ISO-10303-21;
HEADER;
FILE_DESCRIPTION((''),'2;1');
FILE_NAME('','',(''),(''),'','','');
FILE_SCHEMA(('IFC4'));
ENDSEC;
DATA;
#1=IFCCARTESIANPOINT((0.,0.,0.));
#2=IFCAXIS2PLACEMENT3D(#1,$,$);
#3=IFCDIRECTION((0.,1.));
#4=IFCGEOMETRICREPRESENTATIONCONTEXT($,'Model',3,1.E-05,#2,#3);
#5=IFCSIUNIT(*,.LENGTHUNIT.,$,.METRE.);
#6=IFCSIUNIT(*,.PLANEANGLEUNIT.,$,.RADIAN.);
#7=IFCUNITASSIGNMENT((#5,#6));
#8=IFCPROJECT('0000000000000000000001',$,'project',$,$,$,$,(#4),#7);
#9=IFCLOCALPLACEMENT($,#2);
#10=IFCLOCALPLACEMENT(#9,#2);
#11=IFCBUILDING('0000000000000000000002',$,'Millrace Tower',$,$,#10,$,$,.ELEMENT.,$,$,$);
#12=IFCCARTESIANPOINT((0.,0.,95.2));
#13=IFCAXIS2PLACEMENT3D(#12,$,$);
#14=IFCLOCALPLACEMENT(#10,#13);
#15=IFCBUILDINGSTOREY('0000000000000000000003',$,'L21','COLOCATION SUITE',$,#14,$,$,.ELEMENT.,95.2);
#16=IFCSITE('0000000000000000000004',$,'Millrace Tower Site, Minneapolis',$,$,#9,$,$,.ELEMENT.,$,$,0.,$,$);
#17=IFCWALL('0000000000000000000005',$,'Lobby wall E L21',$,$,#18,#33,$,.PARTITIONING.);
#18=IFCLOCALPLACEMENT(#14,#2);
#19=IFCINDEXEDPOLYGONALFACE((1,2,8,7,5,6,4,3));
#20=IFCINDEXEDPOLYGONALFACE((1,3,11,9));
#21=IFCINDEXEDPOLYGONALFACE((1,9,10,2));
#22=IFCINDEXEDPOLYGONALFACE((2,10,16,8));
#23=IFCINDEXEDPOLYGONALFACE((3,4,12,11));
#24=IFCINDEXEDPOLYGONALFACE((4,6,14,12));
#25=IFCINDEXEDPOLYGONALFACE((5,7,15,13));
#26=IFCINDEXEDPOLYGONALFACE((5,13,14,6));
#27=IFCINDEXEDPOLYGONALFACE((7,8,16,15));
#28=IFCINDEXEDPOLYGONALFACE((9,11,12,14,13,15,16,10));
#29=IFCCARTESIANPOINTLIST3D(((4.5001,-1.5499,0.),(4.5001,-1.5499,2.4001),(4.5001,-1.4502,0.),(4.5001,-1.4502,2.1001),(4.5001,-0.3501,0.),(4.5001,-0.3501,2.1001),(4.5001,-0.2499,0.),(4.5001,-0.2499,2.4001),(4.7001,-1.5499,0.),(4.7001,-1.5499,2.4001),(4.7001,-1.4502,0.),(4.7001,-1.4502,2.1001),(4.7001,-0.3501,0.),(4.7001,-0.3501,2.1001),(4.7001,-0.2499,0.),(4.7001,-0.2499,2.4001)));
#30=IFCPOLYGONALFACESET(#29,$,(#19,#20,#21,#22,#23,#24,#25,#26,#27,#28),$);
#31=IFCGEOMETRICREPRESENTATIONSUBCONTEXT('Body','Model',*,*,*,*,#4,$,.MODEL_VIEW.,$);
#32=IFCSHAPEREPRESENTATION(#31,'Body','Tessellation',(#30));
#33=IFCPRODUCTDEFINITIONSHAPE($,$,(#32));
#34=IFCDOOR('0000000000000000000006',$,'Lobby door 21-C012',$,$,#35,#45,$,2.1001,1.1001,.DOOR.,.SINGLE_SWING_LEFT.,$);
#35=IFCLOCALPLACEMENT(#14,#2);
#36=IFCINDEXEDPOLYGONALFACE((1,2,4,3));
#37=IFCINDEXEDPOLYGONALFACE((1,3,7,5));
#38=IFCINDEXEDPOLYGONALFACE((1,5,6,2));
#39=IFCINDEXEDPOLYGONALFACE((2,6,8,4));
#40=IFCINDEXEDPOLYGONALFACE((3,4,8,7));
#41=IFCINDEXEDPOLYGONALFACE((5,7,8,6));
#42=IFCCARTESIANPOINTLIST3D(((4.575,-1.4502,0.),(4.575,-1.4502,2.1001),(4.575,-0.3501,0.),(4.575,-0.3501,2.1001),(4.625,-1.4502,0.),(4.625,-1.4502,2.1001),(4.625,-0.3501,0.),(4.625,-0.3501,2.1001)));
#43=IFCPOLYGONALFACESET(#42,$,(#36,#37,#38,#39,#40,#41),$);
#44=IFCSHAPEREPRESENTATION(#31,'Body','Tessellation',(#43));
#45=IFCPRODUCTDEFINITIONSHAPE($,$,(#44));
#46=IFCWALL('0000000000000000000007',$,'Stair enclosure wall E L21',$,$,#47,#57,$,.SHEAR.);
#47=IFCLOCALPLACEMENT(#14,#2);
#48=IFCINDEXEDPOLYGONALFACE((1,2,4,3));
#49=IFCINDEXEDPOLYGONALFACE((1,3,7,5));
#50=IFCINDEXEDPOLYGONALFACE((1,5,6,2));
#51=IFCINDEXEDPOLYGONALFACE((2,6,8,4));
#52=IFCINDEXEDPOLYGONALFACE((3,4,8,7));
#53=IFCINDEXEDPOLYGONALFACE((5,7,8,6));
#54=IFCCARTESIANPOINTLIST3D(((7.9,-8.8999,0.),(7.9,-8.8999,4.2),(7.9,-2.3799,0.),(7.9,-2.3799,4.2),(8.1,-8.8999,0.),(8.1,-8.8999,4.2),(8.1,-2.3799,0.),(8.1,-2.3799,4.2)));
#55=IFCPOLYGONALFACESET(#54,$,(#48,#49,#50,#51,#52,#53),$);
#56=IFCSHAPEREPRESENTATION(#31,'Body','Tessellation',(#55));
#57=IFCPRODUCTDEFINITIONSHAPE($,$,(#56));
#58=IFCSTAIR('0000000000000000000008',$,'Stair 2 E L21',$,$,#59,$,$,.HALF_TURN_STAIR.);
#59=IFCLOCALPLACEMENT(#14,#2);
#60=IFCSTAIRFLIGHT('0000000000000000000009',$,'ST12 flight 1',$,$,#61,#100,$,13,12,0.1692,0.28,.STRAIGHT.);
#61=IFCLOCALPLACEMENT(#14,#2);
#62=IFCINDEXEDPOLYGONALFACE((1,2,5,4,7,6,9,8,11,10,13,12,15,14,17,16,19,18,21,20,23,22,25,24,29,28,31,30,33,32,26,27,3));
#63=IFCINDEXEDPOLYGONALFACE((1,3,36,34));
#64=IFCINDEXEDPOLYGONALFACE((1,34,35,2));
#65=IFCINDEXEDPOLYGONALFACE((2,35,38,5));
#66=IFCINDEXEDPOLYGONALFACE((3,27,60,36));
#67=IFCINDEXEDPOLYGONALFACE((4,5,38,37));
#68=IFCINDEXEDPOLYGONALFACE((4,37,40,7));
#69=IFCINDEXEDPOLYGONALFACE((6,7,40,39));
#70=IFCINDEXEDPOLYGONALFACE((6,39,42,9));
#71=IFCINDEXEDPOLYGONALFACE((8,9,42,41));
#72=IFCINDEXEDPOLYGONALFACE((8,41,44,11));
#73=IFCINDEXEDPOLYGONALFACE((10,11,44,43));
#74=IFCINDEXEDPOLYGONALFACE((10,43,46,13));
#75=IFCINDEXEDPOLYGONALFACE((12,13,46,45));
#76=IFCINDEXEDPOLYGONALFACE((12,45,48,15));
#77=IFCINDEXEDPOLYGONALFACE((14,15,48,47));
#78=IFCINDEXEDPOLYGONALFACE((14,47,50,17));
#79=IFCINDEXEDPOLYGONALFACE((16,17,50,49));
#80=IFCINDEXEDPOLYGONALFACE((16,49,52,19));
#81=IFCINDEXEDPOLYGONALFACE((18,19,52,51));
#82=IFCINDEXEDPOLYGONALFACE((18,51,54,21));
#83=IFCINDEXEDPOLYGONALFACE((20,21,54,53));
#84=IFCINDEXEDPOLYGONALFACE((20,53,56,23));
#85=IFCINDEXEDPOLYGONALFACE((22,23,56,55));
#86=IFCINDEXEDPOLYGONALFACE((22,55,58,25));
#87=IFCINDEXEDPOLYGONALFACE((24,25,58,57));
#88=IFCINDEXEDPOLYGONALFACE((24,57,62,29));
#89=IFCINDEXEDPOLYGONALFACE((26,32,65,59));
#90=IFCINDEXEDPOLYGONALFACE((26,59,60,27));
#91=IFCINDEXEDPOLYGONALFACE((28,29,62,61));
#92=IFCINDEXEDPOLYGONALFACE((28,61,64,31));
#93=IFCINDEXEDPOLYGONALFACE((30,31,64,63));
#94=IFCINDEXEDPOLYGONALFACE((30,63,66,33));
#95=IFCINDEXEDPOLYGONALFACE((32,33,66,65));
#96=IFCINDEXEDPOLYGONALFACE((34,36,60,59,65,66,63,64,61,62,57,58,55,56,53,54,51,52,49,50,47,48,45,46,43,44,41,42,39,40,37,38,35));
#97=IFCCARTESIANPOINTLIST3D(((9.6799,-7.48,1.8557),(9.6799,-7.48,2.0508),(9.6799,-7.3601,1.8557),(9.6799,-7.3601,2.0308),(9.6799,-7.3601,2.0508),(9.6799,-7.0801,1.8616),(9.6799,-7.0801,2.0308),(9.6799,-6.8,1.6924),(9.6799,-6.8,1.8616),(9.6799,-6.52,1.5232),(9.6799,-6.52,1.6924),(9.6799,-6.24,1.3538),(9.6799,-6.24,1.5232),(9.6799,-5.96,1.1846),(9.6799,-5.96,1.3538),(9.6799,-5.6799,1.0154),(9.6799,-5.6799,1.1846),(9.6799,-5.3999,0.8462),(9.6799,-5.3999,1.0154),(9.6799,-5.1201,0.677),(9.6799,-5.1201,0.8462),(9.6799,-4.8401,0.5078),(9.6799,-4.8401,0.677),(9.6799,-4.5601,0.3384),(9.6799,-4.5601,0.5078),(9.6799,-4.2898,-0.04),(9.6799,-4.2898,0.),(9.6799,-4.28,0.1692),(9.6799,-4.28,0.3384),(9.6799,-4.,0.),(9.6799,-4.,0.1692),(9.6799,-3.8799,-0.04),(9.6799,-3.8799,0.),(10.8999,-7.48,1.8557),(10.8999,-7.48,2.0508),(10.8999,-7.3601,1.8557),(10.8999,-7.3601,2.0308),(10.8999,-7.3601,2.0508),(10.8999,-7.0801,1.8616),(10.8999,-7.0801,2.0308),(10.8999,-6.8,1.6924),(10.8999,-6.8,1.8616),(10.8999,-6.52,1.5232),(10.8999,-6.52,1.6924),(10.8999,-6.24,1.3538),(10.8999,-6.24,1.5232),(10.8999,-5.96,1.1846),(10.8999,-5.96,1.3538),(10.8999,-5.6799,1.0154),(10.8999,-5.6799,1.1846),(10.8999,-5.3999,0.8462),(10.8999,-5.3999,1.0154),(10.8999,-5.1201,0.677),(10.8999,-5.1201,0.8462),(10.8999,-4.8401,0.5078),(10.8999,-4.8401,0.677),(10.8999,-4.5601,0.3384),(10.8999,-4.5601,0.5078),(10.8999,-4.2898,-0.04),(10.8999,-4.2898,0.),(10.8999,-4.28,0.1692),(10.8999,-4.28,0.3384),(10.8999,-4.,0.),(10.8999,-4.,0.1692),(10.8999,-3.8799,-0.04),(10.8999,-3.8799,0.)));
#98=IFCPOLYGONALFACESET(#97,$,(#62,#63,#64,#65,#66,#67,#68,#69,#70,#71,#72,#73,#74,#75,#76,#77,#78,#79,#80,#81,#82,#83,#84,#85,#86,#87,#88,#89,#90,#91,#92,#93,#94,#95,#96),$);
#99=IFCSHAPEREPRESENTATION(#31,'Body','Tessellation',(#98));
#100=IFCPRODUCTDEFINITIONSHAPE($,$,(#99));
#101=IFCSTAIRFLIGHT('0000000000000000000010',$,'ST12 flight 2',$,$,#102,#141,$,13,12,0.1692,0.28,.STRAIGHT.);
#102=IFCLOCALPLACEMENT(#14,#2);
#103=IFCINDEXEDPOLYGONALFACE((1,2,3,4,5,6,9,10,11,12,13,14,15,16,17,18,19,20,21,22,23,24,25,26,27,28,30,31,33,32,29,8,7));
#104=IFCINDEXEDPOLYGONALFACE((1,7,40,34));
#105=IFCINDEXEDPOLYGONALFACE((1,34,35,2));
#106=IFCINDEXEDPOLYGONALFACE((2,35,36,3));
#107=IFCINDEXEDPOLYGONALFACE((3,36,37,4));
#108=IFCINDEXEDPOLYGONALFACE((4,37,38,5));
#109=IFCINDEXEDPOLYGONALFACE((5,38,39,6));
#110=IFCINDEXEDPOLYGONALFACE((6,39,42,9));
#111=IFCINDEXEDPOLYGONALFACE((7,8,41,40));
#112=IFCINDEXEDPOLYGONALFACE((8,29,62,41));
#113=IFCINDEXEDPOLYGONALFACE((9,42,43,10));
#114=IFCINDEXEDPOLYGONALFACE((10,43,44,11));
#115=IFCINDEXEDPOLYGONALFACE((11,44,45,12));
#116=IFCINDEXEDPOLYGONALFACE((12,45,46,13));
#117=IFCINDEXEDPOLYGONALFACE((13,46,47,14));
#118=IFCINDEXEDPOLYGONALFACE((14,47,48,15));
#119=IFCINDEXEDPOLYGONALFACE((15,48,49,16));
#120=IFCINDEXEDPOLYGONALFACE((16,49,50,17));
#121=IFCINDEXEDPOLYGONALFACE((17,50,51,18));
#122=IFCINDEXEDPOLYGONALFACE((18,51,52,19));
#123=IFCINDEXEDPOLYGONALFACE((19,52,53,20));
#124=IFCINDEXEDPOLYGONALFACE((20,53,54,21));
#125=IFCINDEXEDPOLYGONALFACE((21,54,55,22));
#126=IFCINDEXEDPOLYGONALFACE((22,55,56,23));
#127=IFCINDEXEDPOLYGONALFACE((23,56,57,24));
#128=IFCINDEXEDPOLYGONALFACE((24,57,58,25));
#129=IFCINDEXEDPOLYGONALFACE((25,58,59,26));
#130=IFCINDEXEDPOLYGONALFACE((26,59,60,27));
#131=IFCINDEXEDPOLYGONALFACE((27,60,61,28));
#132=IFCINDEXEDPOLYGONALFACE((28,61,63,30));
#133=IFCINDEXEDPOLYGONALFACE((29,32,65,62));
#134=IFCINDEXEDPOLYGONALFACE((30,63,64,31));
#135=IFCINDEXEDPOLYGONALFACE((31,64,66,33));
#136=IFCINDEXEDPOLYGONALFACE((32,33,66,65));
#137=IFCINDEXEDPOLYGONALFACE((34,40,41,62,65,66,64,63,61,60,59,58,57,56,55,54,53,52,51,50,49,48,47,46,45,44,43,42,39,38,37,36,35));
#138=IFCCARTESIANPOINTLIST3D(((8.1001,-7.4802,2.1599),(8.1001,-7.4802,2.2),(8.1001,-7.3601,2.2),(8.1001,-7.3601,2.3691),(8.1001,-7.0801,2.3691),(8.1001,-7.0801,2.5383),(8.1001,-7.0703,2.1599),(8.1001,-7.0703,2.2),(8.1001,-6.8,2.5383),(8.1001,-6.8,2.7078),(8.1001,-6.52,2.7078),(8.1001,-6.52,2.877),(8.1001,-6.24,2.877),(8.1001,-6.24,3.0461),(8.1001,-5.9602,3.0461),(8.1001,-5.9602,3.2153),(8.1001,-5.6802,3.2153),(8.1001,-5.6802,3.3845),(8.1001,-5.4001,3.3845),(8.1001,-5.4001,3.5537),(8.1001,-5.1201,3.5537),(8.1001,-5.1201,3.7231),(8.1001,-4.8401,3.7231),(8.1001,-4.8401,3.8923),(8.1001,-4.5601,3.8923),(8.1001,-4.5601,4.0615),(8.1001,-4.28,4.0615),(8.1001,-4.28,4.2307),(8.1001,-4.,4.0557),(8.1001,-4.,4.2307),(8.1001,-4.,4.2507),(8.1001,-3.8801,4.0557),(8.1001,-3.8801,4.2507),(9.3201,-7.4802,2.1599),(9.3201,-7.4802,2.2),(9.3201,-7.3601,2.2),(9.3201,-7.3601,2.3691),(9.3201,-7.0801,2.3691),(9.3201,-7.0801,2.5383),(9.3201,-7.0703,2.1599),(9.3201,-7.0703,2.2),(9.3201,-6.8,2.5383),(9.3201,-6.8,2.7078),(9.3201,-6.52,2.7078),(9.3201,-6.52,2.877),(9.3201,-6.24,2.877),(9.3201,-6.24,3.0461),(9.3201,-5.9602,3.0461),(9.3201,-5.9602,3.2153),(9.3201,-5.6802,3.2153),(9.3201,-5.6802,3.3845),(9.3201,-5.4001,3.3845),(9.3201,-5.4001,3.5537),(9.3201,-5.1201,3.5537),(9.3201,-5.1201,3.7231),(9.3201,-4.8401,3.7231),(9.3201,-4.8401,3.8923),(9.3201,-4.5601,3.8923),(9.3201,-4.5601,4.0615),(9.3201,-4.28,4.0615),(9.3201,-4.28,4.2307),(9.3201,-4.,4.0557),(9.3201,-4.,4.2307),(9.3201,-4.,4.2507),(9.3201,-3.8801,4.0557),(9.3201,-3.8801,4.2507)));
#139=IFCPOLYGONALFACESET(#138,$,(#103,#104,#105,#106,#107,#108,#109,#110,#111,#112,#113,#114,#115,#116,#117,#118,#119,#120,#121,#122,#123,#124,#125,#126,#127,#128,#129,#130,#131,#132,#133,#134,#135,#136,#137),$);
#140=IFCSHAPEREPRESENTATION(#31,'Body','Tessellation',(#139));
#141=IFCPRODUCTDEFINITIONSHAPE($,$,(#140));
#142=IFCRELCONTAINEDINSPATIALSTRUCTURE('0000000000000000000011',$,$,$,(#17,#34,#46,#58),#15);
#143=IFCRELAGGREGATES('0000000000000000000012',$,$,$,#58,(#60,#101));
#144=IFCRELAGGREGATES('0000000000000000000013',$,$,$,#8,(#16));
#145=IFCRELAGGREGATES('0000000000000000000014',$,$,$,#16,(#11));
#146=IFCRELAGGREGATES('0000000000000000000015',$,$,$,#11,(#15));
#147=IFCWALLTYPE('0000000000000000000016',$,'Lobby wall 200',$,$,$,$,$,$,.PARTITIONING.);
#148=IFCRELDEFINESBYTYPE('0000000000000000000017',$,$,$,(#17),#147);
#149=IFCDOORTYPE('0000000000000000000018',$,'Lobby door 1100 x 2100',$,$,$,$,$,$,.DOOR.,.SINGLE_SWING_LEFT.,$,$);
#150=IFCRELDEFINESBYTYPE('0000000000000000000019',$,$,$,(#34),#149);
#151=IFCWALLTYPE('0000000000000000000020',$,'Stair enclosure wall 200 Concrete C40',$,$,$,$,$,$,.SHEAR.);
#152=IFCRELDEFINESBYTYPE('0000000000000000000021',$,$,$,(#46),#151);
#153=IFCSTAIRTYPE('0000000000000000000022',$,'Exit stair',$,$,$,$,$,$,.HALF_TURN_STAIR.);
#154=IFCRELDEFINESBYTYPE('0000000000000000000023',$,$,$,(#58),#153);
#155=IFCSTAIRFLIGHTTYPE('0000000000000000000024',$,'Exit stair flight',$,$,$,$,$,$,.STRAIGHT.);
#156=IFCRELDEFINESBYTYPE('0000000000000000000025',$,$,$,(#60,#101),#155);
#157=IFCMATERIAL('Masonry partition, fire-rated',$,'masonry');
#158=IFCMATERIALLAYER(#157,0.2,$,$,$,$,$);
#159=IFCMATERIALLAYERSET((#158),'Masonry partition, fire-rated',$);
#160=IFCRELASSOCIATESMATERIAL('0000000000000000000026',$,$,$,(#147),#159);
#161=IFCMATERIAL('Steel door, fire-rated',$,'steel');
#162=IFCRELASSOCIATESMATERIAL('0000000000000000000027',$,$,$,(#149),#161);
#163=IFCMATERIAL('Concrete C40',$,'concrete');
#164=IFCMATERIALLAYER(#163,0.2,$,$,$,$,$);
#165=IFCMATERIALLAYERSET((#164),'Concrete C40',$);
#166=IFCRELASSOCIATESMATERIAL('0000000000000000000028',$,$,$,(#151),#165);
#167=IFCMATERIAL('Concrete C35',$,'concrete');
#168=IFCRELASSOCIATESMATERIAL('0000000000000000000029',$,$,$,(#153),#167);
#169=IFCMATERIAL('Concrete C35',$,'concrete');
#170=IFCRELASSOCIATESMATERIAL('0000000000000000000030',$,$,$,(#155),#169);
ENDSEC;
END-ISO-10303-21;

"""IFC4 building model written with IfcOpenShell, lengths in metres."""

from ifc_helpers import new_model, si_unit, direction, frame, frame_2d, origin, place, context, subcontext, project, spatial, polyline, rectangle, outline, extrude, material, layer, layer_set, type_object, element, fill, aggregate, save


model = new_model("IFC4")

# Units and contexts
model_context = context("Model", 3, precision=1e-05, world=origin(), true_north=direction((0.0, 1.0)))
body_context = subcontext(model_context, "Body", "Model", "MODEL_VIEW")
ifc_project = project(units=[si_unit("LENGTHUNIT", "METRE"), si_unit("PLANEANGLEUNIT", "RADIAN")], contexts=[model_context])

# Site, building, storey
site_placement = place(None, origin())
site = spatial("IfcSite", under=ifc_project, at=site_placement, Name="Millrace Tower Site, Minneapolis", CompositionType="ELEMENT", RefElevation=0.0)
building_placement = place(site_placement, origin())
building = spatial("IfcBuilding", under=site, at=building_placement, Name="Millrace Tower", CompositionType="ELEMENT")
storey_placement = place(building_placement, frame((0.0, 0.0, 95.2)))
storey = spatial("IfcBuildingStorey", under=building, at=storey_placement, Name="L21", Description="COLOCATION SUITE", CompositionType="ELEMENT", Elevation=95.2)

# Shared definitions
placement_1 = place(storey_placement, origin())

# Wall, opening, door
ifc_material_1 = material(Name="Masonry partition, fire-rated", Category="masonry")
ifc_layer_1 = layer(ifc_material_1, 0.2)
ifc_layer_set_1 = layer_set([ifc_layer_1], Name="Masonry partition, fire-rated")
wall_type_1 = type_object("IfcWallType", Name="Lobby wall 200", PredefinedType="PARTITIONING", material=ifc_layer_set_1)
wall_1_placement = place(storey_placement, frame((4.6001, -0.25, 0.0), z_axis=(0.0, 0.0, 1.0), x_axis=(0.0, -1.0, 0.0)))
wall_1 = element("IfcWall", 1, at=wall_1_placement, inside=storey, type_object=wall_type_1, Name="Lobby wall E L21", PredefinedType="PARTITIONING", context=body_context, shape_type="SweptSolid", body=[
    extrude(rectangle(XDim=1.3, YDim=0.2, at=frame_2d((0.6499, 0.0))), origin(), (0.0, 0.0, 1.0), 2.4001),
])
opening_1_placement = place(wall_1_placement, frame((0.1001, 0.0, 0.0)))
opening_1 = element("IfcOpeningElement", 2, at=opening_1_placement, cuts=wall_1, PredefinedType="OPENING", context=body_context, shape_type="SweptSolid", body=[
    extrude(rectangle(XDim=1.1001, YDim=2.1001, at=frame_2d((0.55, 1.05))), frame((0.0, 0.1099, 0.0), z_axis=(0.0, -1.0, 0.0), x_axis=(1.0, 0.0, 0.0)), (0.0, 0.0, 1.0), 0.22),
])
ifc_material_2 = material(Name="Steel door, fire-rated", Category="steel")
door_type_1 = type_object("IfcDoorType", Name="Lobby door 1100 x 2100", OperationType="SINGLE_SWING_LEFT", PredefinedType="DOOR", material=ifc_material_2)
door_1_placement = place(opening_1_placement, origin())
door_1 = element("IfcDoor", 3, at=door_1_placement, inside=storey, type_object=door_type_1, Name="Lobby door 21-C012", OperationType="SINGLE_SWING_LEFT", OverallHeight=2.1001, OverallWidth=1.1001, PredefinedType="DOOR", context=body_context, shape_type="SweptSolid", body=[
    extrude(rectangle(XDim=1.1001, YDim=2.1001, at=frame_2d((0.55, 1.05))), frame((0.0, 0.0249, 0.0), z_axis=(0.0, -1.0, 0.0), x_axis=(1.0, 0.0, 0.0)), (0.0, 0.0, 1.0), 0.05),
])
fill(opening_1, door_1)

# Wall
ifc_material_3 = material(Name="Concrete C40", Category="concrete")
ifc_layer_2 = layer(ifc_material_3, 0.2)
ifc_layer_set_2 = layer_set([ifc_layer_2], Name="Concrete C40")
wall_type_2 = type_object("IfcWallType", Name="Stair enclosure wall 200 Concrete C40", PredefinedType="SHEAR", material=ifc_layer_set_2)
wall_2_placement = place(storey_placement, frame((8.0, -2.3799, 0.0), z_axis=(0.0, 0.0, 1.0), x_axis=(0.0, -1.0, 0.0)))
element("IfcWall", 4, at=wall_2_placement, inside=storey, type_object=wall_type_2, Name="Stair enclosure wall E L21", PredefinedType="SHEAR", context=body_context, shape_type="SweptSolid", body=[
    extrude(rectangle(XDim=6.52, YDim=0.2, at=frame_2d((3.26, 0.0))), origin(), (0.0, 0.0, 1.0), 4.2),
])

# Stair, stair flights
ifc_material_4 = material(Name="Concrete C35", Category="concrete")
stair_type = type_object("IfcStairType", Name="Exit stair", PredefinedType="HALF_TURN_STAIR", material=ifc_material_4)
stair_1 = element("IfcStair", 5, at=placement_1, inside=storey, type_object=stair_type, Name="Stair 2 E L21", PredefinedType="HALF_TURN_STAIR")
ifc_material_5 = material(Name="Concrete C35", Category="concrete")
stair_flight_type = type_object("IfcStairFlightType", Name="Exit stair flight", PredefinedType="STRAIGHT", material=ifc_material_5)
stair_flight_1_placement = place(storey_placement, frame((10.29, -4.0, 0.0), z_axis=(0.0, 0.0, 1.0), x_axis=(0.0, -1.0, 0.0)))
stair_flight_1 = element("IfcStairFlight", 6, at=stair_flight_1_placement, type_object=stair_flight_type, Name="ST12 flight 1", NumberOfRisers=13, NumberOfTreads=12, PredefinedType="STRAIGHT", RiserHeight=0.1692, TreadLength=0.28, context=body_context, shape_type="SweptSolid", body=[
    extrude(outline(polyline([(-0.1201, -0.04), (-0.1201, 0.0), (0.0, 0.0), (0.0, 0.1692), (0.28, 0.1692), (0.28, 0.3384), (0.5601, 0.3384), (0.5601, 0.5078), (0.8401, 0.5078), (0.8401, 0.677), (1.1201, 0.677), (1.1201, 0.8462), (1.3999, 0.8462), (1.3999, 1.0154), (1.6799, 1.0154), (1.6799, 1.1846), (1.96, 1.1846), (1.96, 1.3538), (2.24, 1.3538), (2.24, 1.5232), (2.52, 1.5232), (2.52, 1.6924), (2.8, 1.6924), (2.8, 1.8616), (3.0801, 1.8616), (3.0801, 2.0308), (3.3601, 2.0308), (3.3601, 2.0508), (3.48, 2.0508), (3.48, 1.8557), (3.3601, 1.8557), (0.2898, 0.0), (0.2898, -0.04), (-0.1201, -0.04)])), frame((0.0, 0.6099, 0.0), z_axis=(0.0, -1.0, 0.0), x_axis=(1.0, 0.0, 0.0)), (0.0, 0.0, 1.0), 1.22),
])
stair_flight_2_placement = place(storey_placement, frame((8.71, -7.3601, 2.2), z_axis=(0.0, 0.0, 1.0), x_axis=(0.0, 1.0, 0.0)))
stair_flight_2 = element("IfcStairFlight", 7, at=stair_flight_2_placement, type_object=stair_flight_type, Name="ST12 flight 2", NumberOfRisers=13, NumberOfTreads=12, PredefinedType="STRAIGHT", RiserHeight=0.1692, TreadLength=0.28, context=body_context, shape_type="SweptSolid", body=[
    extrude(outline(polyline([(-0.1201, -0.04), (-0.1201, 0.0), (0.0, 0.0), (0.0, 0.1692), (0.28, 0.1692), (0.28, 0.3384), (0.5601, 0.3384), (0.5601, 0.5078), (0.8401, 0.5078), (0.8401, 0.677), (1.1201, 0.677), (1.1201, 0.8462), (1.3999, 0.8462), (1.3999, 1.0154), (1.6799, 1.0154), (1.6799, 1.1846), (1.96, 1.1846), (1.96, 1.3538), (2.24, 1.3538), (2.24, 1.5232), (2.52, 1.5232), (2.52, 1.6924), (2.8, 1.6924), (2.8, 1.8616), (3.0801, 1.8616), (3.0801, 2.0308), (3.3601, 2.0308), (3.3601, 2.0508), (3.48, 2.0508), (3.48, 1.8557), (3.3601, 1.8557), (0.2898, 0.0), (0.2898, -0.04), (-0.1201, -0.04)])), frame((0.0, 0.6099, 0.0), z_axis=(0.0, -1.0, 0.0), x_axis=(1.0, 0.0, 0.0)), (0.0, 0.0, 1.0), 1.22),
])
aggregate(stair_1, [stair_flight_1, stair_flight_2])

save(model, "model.ifc")
